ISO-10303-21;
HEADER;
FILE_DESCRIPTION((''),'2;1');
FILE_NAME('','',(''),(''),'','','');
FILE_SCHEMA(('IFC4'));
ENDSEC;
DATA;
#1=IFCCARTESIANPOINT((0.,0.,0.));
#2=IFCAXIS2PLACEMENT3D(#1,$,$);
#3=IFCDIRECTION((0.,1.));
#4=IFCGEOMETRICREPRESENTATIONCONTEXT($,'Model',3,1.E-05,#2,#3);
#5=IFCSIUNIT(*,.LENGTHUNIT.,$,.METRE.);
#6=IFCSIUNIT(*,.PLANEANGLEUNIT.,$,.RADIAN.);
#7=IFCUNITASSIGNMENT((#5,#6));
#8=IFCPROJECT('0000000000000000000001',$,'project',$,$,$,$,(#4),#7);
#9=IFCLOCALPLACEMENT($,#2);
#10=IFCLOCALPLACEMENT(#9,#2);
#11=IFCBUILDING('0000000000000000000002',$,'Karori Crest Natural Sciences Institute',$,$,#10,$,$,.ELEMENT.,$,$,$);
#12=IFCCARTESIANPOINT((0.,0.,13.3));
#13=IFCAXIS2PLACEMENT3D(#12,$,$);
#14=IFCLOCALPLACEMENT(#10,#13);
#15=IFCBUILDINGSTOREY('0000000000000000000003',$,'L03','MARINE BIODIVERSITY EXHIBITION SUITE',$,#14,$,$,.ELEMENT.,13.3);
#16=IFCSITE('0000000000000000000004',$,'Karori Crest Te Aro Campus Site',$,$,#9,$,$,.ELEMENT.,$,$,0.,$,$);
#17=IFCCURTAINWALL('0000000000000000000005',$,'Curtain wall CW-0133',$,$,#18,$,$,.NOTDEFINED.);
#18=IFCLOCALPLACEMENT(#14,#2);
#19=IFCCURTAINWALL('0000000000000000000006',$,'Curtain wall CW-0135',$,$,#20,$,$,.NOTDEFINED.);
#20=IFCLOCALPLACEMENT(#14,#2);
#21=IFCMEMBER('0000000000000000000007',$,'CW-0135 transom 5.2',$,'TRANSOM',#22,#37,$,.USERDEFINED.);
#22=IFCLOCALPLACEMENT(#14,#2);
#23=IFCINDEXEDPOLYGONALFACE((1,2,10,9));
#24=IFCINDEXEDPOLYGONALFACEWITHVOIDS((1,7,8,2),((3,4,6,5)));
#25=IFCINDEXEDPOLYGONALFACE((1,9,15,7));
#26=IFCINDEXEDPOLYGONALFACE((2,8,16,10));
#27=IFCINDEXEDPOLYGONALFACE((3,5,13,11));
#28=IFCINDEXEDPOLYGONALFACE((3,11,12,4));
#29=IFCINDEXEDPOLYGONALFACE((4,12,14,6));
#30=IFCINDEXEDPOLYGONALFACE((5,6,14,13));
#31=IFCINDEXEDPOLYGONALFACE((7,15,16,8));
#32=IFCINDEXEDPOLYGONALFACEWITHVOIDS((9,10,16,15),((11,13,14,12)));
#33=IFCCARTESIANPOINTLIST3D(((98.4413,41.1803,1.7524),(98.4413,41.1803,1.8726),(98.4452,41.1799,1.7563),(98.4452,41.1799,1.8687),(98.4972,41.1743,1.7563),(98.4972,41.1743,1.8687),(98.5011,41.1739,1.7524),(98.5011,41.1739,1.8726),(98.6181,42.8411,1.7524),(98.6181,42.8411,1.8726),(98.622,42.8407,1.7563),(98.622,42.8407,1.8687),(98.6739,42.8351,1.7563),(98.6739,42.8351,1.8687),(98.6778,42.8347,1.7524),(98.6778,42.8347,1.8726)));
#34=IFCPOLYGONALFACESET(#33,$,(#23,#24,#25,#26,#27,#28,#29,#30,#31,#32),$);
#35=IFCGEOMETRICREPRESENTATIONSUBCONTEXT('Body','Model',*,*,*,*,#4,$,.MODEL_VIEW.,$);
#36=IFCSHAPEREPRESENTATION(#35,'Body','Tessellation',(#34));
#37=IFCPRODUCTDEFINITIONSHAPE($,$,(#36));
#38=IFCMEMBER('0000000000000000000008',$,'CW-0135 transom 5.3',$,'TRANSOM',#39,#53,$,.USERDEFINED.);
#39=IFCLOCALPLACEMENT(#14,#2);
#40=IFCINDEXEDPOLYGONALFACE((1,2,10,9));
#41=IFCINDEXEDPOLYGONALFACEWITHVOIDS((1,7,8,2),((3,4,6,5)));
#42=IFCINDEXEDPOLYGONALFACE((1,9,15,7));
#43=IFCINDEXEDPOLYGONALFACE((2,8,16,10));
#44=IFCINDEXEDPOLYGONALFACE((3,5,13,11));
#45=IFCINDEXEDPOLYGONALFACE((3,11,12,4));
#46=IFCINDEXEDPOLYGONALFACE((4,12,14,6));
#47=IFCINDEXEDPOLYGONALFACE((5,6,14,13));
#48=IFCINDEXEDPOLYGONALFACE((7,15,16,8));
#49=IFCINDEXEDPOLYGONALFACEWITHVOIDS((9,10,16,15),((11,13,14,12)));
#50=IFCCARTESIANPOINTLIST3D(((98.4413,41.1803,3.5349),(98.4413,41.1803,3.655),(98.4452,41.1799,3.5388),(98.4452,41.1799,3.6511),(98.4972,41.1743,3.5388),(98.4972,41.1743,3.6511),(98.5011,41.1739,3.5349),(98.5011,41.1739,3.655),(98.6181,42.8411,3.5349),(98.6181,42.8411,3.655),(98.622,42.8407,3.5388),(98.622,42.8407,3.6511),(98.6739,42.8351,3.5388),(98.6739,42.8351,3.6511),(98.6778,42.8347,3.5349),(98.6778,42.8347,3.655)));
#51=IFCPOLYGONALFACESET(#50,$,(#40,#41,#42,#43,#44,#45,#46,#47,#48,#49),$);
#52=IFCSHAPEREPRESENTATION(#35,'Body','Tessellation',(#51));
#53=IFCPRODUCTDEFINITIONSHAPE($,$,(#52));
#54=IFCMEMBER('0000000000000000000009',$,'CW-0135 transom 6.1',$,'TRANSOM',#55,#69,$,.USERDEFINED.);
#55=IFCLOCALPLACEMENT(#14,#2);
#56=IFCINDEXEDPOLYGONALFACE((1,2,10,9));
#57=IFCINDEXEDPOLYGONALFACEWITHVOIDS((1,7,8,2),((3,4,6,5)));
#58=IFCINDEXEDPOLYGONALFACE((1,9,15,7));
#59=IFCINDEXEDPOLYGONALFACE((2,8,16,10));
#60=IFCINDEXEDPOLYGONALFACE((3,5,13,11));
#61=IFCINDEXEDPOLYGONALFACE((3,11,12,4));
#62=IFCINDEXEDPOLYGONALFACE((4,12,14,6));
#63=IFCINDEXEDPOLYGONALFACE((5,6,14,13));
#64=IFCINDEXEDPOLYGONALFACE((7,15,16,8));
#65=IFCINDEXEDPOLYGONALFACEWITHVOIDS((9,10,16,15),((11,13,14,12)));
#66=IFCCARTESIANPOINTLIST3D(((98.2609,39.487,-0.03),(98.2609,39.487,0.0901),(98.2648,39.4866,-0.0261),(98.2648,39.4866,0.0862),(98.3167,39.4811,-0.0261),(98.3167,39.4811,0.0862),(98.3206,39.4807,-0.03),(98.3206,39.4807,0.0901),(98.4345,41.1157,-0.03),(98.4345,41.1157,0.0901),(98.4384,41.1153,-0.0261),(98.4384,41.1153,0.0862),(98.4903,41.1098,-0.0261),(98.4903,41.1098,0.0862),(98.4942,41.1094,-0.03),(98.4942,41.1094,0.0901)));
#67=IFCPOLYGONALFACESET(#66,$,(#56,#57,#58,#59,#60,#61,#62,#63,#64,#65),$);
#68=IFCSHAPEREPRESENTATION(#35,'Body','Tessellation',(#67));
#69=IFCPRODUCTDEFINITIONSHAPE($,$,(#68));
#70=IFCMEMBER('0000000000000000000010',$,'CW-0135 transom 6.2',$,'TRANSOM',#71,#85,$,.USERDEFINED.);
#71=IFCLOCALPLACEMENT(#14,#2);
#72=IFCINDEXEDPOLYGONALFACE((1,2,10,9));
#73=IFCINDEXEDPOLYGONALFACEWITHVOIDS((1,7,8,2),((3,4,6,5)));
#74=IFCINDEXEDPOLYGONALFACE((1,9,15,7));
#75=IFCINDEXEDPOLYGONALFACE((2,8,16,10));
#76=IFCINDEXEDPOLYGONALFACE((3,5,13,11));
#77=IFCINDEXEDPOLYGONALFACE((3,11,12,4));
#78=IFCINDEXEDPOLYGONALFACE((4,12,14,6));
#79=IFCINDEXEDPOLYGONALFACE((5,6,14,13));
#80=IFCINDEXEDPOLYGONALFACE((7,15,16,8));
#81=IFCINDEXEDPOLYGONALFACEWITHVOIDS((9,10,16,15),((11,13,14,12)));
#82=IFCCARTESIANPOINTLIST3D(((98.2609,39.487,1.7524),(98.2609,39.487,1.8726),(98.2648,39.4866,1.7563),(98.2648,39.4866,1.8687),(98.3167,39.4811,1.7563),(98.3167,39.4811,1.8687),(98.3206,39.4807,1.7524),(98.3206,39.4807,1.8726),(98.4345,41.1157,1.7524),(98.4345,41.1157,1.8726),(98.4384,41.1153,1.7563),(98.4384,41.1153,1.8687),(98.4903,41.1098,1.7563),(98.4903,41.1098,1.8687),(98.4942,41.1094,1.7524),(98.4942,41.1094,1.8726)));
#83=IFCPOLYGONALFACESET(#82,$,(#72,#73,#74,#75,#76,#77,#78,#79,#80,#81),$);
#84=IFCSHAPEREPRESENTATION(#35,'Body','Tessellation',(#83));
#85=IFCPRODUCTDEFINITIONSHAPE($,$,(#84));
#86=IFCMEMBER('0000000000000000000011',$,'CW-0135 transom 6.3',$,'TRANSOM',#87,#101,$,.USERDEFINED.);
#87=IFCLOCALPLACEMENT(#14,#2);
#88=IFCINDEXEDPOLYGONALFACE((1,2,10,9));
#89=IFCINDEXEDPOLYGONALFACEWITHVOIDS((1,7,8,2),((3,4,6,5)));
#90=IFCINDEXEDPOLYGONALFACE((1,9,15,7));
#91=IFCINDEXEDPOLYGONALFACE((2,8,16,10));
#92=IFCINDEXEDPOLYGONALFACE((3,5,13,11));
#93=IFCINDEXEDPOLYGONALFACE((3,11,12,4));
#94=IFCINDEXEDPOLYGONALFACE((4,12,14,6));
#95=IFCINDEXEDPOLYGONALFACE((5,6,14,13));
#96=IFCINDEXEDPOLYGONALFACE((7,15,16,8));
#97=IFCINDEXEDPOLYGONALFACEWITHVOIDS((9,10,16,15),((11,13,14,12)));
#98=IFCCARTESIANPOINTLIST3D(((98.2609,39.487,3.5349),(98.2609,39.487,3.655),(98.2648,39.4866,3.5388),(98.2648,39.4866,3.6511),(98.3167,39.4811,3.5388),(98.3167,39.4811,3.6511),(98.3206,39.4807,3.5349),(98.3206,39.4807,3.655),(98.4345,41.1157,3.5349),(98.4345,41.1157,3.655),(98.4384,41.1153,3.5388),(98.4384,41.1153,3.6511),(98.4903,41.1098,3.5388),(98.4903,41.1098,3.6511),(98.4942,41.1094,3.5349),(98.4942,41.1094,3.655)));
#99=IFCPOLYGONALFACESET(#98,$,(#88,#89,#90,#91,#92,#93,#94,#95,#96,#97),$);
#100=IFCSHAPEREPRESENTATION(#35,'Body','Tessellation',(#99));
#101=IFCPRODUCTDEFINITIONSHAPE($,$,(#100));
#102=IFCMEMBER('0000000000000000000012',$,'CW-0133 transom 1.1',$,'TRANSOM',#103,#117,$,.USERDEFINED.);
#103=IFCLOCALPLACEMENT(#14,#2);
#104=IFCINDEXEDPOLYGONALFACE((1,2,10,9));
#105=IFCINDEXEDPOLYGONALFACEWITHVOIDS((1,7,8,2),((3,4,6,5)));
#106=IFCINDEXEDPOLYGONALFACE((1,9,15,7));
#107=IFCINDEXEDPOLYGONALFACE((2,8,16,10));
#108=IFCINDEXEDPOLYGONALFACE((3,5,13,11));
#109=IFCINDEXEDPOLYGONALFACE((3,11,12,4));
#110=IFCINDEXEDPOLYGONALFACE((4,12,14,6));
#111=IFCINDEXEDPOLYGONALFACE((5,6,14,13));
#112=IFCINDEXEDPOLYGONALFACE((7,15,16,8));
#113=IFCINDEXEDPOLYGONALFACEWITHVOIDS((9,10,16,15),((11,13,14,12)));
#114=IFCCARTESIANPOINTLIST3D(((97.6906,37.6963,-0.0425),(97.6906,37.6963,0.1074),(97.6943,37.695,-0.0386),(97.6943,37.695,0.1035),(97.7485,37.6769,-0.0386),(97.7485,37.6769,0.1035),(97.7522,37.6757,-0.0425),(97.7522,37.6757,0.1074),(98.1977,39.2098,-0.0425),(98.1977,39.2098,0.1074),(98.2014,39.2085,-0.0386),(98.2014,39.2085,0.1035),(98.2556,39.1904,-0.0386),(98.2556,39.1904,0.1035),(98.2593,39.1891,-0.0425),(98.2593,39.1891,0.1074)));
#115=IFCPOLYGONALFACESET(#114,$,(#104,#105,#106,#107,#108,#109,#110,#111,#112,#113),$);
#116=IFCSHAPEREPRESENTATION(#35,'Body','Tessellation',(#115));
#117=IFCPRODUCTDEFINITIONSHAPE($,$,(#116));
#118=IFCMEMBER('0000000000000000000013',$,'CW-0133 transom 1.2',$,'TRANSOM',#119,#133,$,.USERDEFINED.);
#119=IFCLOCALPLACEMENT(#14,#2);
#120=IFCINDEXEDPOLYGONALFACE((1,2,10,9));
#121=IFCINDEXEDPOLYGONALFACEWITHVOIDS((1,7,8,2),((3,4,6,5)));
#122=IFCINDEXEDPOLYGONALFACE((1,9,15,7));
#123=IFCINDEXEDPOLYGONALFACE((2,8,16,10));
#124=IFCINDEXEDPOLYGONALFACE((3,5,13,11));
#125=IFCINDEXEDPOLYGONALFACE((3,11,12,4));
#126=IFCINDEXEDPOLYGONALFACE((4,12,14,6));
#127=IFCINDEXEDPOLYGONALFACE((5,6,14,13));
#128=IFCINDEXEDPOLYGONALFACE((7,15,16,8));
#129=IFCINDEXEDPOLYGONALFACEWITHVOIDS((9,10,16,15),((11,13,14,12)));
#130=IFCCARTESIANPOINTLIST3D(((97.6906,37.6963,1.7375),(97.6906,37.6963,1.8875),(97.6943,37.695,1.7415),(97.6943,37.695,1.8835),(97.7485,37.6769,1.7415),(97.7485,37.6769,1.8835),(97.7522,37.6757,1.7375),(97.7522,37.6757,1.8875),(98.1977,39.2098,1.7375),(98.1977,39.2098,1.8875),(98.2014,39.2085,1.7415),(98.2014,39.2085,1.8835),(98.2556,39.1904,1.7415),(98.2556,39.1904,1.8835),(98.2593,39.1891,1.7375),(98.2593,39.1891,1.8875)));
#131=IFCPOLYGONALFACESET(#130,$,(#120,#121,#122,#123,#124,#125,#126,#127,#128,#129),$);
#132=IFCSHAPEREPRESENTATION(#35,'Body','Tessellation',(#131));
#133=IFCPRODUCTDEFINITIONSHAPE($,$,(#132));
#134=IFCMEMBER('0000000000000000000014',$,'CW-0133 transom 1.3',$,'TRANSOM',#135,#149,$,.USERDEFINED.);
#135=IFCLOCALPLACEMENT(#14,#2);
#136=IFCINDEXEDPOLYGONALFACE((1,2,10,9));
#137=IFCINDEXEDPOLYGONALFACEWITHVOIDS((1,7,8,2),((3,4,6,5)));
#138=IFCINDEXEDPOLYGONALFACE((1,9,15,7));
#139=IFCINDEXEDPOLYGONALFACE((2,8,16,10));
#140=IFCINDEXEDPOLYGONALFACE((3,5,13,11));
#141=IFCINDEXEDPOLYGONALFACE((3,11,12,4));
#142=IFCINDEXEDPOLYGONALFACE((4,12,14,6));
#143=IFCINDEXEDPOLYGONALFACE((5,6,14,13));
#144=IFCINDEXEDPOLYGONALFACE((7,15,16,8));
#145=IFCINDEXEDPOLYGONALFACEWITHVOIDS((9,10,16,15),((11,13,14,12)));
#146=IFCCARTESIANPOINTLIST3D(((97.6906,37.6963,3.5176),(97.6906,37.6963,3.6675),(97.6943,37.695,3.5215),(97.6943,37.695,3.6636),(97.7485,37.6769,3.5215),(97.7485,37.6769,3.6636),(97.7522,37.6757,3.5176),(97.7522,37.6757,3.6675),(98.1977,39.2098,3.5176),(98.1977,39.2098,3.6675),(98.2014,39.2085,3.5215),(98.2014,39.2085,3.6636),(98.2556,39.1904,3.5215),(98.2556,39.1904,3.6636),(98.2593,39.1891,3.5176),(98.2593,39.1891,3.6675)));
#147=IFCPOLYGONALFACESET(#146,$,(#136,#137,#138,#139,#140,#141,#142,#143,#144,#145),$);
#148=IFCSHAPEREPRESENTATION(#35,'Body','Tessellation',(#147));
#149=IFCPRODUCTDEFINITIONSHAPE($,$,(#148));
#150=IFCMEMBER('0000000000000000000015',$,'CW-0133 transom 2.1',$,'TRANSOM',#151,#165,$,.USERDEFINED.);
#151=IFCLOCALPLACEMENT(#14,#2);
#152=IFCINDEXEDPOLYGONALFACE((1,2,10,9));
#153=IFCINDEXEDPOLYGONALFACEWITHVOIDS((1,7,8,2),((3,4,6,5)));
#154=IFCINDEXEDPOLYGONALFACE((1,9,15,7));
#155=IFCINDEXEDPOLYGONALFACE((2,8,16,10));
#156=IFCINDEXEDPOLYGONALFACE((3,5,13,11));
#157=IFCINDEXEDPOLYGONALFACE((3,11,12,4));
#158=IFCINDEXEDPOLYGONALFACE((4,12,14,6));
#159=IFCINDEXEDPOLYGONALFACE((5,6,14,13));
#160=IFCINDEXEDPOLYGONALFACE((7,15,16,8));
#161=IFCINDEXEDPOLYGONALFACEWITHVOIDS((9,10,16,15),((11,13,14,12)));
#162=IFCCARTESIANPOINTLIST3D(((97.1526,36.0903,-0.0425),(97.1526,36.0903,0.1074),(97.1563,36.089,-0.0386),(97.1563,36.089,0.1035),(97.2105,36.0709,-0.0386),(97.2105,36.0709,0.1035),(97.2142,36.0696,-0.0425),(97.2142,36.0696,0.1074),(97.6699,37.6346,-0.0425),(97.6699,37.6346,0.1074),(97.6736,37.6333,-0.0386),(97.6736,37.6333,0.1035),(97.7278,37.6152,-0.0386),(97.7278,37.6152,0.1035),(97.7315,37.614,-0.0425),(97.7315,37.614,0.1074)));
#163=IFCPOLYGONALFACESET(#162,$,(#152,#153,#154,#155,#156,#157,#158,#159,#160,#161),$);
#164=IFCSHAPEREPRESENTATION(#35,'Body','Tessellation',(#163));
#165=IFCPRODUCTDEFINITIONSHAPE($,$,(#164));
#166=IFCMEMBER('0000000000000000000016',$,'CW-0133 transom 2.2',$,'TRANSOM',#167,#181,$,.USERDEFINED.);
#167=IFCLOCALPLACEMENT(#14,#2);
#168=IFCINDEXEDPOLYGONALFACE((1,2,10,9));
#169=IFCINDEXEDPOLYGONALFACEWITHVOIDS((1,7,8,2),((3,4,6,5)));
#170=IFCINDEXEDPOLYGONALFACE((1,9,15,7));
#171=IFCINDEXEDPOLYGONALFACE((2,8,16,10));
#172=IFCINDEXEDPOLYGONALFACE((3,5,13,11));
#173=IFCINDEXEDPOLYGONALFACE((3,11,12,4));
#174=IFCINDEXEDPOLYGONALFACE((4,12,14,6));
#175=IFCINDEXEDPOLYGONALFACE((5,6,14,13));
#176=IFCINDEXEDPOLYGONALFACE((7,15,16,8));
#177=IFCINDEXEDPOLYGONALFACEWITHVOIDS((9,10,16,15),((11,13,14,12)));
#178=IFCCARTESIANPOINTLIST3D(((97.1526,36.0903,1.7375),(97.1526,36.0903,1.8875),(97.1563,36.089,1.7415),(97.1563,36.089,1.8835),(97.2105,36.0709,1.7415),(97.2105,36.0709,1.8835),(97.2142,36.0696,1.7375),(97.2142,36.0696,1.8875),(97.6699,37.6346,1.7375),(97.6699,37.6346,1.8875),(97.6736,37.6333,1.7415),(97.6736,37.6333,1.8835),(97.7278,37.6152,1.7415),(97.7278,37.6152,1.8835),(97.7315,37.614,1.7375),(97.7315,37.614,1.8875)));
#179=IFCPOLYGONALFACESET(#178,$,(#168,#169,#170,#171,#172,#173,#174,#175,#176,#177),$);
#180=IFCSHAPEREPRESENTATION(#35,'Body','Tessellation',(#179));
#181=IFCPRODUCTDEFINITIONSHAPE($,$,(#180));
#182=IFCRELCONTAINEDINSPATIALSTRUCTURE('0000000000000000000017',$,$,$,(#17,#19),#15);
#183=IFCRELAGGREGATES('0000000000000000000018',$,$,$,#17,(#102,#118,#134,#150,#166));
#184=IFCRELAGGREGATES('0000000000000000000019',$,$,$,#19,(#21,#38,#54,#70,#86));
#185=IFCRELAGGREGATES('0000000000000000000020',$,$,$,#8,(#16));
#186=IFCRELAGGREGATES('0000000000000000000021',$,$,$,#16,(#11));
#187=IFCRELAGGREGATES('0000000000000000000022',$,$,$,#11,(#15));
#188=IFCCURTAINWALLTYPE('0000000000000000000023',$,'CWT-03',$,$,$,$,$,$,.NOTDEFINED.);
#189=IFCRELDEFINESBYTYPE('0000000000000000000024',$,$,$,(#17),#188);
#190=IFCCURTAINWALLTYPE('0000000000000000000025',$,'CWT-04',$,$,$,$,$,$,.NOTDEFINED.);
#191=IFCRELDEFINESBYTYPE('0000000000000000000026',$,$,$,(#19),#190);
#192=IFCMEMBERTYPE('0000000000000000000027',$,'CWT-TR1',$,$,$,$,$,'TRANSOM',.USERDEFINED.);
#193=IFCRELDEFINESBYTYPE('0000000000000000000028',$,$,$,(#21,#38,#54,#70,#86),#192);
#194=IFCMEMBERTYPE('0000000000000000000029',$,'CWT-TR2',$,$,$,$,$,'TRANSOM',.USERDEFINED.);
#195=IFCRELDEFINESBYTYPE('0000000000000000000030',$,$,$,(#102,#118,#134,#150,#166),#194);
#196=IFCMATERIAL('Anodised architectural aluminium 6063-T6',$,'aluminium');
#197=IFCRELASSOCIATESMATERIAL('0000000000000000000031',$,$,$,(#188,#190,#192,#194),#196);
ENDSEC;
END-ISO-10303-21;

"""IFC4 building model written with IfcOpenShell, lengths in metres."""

from ifc_helpers import new_model, si_unit, direction, frame, origin, origin_2d, place, context, subcontext, project, spatial, hollow_rectangle, extrude, material, material_profile, profile_set, type_object, element, aggregate, save


model = new_model("IFC4")

# Units and contexts
model_context = context("Model", 3, precision=1e-05, world=origin(), true_north=direction((0.0, 1.0)))
body_context = subcontext(model_context, "Body", "Model", "MODEL_VIEW")
ifc_project = project(units=[si_unit("LENGTHUNIT", "METRE"), si_unit("PLANEANGLEUNIT", "RADIAN")], contexts=[model_context])

# Site, building, storey
site_placement = place(None, origin())
site = spatial("IfcSite", under=ifc_project, at=site_placement, Name="Karori Crest Te Aro Campus Site", CompositionType="ELEMENT", RefElevation=0.0)
building_placement = place(site_placement, origin())
building = spatial("IfcBuilding", under=site, at=building_placement, Name="Karori Crest Natural Sciences Institute", CompositionType="ELEMENT")
storey_placement = place(building_placement, frame((0.0, 0.0, 13.3)))
storey = spatial("IfcBuildingStorey", under=building, at=storey_placement, Name="L03", Description="MARINE BIODIVERSITY EXHIBITION SUITE", CompositionType="ELEMENT", Elevation=13.3)

# Curtain walls, members
ifc_material_1 = material(Name="Anodised architectural aluminium 6063-T6", Category="aluminium")
curtain_wall_type_1 = type_object("IfcCurtainWallType", Name="CWT-03", PredefinedType="NOTDEFINED", material=ifc_material_1)
curtain_wall_1_placement = place(storey_placement, origin())
curtain_wall_1 = element("IfcCurtainWall", 1, at=curtain_wall_1_placement, inside=storey, type_object=curtain_wall_type_1, Name="Curtain wall CW-0133", PredefinedType="NOTDEFINED")
curtain_wall_type_2 = type_object("IfcCurtainWallType", Name="CWT-04", PredefinedType="NOTDEFINED", material=ifc_material_1)
curtain_wall_2_placement = place(storey_placement, origin())
curtain_wall_2 = element("IfcCurtainWall", 2, at=curtain_wall_2_placement, inside=storey, type_object=curtain_wall_type_2, Name="Curtain wall CW-0135", PredefinedType="NOTDEFINED")
ifc_material_profile_1 = material_profile(ifc_material_1, hollow_rectangle(XDim=0.0601, YDim=0.1201, WallThickness=0.0039, at=origin_2d()), Name="CWT120x60x4")
ifc_profile_set_1 = profile_set([ifc_material_profile_1], Name="Anodised architectural aluminium 6063-T6")
member_type_1 = type_object("IfcMemberType", Name="CWT-TR1", ElementType="TRANSOM", PredefinedType="USERDEFINED", material=ifc_profile_set_1)
member_1_placement = place(storey_placement, frame((98.6479, 42.8379, 1.8125), z_axis=(-0.105826, -0.994385, 0.0), x_axis=(0.994385, -0.105826, 0.0)))
member_1 = element("IfcMember", 3, at=member_1_placement, type_object=member_type_1, Name="CW-0135 transom 5.2", ObjectType="TRANSOM", PredefinedType="USERDEFINED", context=body_context, shape_type="SweptSolid", body=[
    extrude(hollow_rectangle(XDim=0.0601, YDim=0.1201, WallThickness=0.0039, at=origin_2d()), origin(), (0.0, 0.0, 1.0), 1.6702),
])
member_2_placement = place(storey_placement, frame((98.6479, 42.8379, 3.595), z_axis=(-0.105826, -0.994385, 0.0), x_axis=(0.994385, -0.105826, 0.0)))
member_2 = element("IfcMember", 4, at=member_2_placement, type_object=member_type_1, Name="CW-0135 transom 5.3", ObjectType="TRANSOM", PredefinedType="USERDEFINED", context=body_context, shape_type="SweptSolid", body=[
    extrude(hollow_rectangle(XDim=0.0601, YDim=0.1201, WallThickness=0.0039, at=origin_2d()), origin(), (0.0, 0.0, 1.0), 1.6702),
])
member_3_placement = place(storey_placement, frame((98.4644, 41.1125, 0.03), z_axis=(-0.10598, -0.994368, 0.0), x_axis=(0.994368, -0.10598, 0.0)))
member_3 = element("IfcMember", 5, at=member_3_placement, type_object=member_type_1, Name="CW-0135 transom 6.1", ObjectType="TRANSOM", PredefinedType="USERDEFINED", context=body_context, shape_type="SweptSolid", body=[
    extrude(hollow_rectangle(XDim=0.0601, YDim=0.1201, WallThickness=0.0039, at=origin_2d()), origin(), (0.0, 0.0, 1.0), 1.6379),
])
member_4_placement = place(storey_placement, frame((98.4644, 41.1125, 1.8125), z_axis=(-0.10598, -0.994368, 0.0), x_axis=(0.994368, -0.10598, 0.0)))
member_4 = element("IfcMember", 6, at=member_4_placement, type_object=member_type_1, Name="CW-0135 transom 6.2", ObjectType="TRANSOM", PredefinedType="USERDEFINED", context=body_context, shape_type="SweptSolid", body=[
    extrude(hollow_rectangle(XDim=0.0601, YDim=0.1201, WallThickness=0.0039, at=origin_2d()), origin(), (0.0, 0.0, 1.0), 1.6379),
])
member_5_placement = place(storey_placement, frame((98.4644, 41.1125, 3.595), z_axis=(-0.10598, -0.994368, 0.0), x_axis=(0.994368, -0.10598, 0.0)))
member_5 = element("IfcMember", 7, at=member_5_placement, type_object=member_type_1, Name="CW-0135 transom 6.3", ObjectType="TRANSOM", PredefinedType="USERDEFINED", context=body_context, shape_type="SweptSolid", body=[
    extrude(hollow_rectangle(XDim=0.0601, YDim=0.1201, WallThickness=0.0039, at=origin_2d()), origin(), (0.0, 0.0, 1.0), 1.6379),
])

# Members
ifc_material_profile_2 = material_profile(ifc_material_1, hollow_rectangle(XDim=0.0649, YDim=0.1499, WallThickness=0.0039, at=origin_2d()), Name="CWT150x65x4")
ifc_profile_set_2 = profile_set([ifc_material_profile_2], Name="Anodised architectural aluminium 6063-T6")
member_type_2 = type_object("IfcMemberType", Name="CWT-TR2", ElementType="TRANSOM", PredefinedType="USERDEFINED", material=ifc_profile_set_2)
member_6_placement = place(storey_placement, frame((98.2285, 39.1995, 0.0325), z_axis=(-0.317696, -0.948193, 0.0), x_axis=(0.948193, -0.317696, 0.0)))
member_6 = element("IfcMember", 8, at=member_6_placement, type_object=member_type_2, Name="CW-0133 transom 1.1", ObjectType="TRANSOM", PredefinedType="USERDEFINED", context=body_context, shape_type="SweptSolid", body=[
    extrude(hollow_rectangle(XDim=0.0649, YDim=0.1499, WallThickness=0.0039, at=origin_2d()), origin(), (0.0, 0.0, 1.0), 1.5962),
])
member_7_placement = place(storey_placement, frame((98.2285, 39.1995, 1.8125), z_axis=(-0.317696, -0.948193, 0.0), x_axis=(0.948193, -0.317696, 0.0)))
member_7 = element("IfcMember", 9, at=member_7_placement, type_object=member_type_2, Name="CW-0133 transom 1.2", ObjectType="TRANSOM", PredefinedType="USERDEFINED", context=body_context, shape_type="SweptSolid", body=[
    extrude(hollow_rectangle(XDim=0.0649, YDim=0.1499, WallThickness=0.0039, at=origin_2d()), origin(), (0.0, 0.0, 1.0), 1.5962),
])
member_8_placement = place(storey_placement, frame((98.2285, 39.1995, 3.5925), z_axis=(-0.317696, -0.948193, 0.0), x_axis=(0.948193, -0.317696, 0.0)))
member_8 = element("IfcMember", 10, at=member_8_placement, type_object=member_type_2, Name="CW-0133 transom 1.3", ObjectType="TRANSOM", PredefinedType="USERDEFINED", context=body_context, shape_type="SweptSolid", body=[
    extrude(hollow_rectangle(XDim=0.0649, YDim=0.1499, WallThickness=0.0039, at=origin_2d()), origin(), (0.0, 0.0, 1.0), 1.5962),
])
member_9_placement = place(storey_placement, frame((97.7007, 37.6243, 0.0325), z_axis=(-0.317621, -0.948218, 0.0), x_axis=(0.948218, -0.317621, 0.0)))
member_9 = element("IfcMember", 11, at=member_9_placement, type_object=member_type_2, Name="CW-0133 transom 2.1", ObjectType="TRANSOM", PredefinedType="USERDEFINED", context=body_context, shape_type="SweptSolid", body=[
    extrude(hollow_rectangle(XDim=0.0649, YDim=0.1499, WallThickness=0.0039, at=origin_2d()), origin(), (0.0, 0.0, 1.0), 1.6287),
])
member_10_placement = place(storey_placement, frame((97.7007, 37.6243, 1.8125), z_axis=(-0.317621, -0.948218, 0.0), x_axis=(0.948218, -0.317621, 0.0)))
member_10 = element("IfcMember", 12, at=member_10_placement, type_object=member_type_2, Name="CW-0133 transom 2.2", ObjectType="TRANSOM", PredefinedType="USERDEFINED", context=body_context, shape_type="SweptSolid", body=[
    extrude(hollow_rectangle(XDim=0.0649, YDim=0.1499, WallThickness=0.0039, at=origin_2d()), origin(), (0.0, 0.0, 1.0), 1.6287),
])

aggregate(curtain_wall_1, [member_6, member_7, member_8, member_9, member_10])
aggregate(curtain_wall_2, [member_1, member_2, member_3, member_4, member_5])

save(model, "model.ifc")
